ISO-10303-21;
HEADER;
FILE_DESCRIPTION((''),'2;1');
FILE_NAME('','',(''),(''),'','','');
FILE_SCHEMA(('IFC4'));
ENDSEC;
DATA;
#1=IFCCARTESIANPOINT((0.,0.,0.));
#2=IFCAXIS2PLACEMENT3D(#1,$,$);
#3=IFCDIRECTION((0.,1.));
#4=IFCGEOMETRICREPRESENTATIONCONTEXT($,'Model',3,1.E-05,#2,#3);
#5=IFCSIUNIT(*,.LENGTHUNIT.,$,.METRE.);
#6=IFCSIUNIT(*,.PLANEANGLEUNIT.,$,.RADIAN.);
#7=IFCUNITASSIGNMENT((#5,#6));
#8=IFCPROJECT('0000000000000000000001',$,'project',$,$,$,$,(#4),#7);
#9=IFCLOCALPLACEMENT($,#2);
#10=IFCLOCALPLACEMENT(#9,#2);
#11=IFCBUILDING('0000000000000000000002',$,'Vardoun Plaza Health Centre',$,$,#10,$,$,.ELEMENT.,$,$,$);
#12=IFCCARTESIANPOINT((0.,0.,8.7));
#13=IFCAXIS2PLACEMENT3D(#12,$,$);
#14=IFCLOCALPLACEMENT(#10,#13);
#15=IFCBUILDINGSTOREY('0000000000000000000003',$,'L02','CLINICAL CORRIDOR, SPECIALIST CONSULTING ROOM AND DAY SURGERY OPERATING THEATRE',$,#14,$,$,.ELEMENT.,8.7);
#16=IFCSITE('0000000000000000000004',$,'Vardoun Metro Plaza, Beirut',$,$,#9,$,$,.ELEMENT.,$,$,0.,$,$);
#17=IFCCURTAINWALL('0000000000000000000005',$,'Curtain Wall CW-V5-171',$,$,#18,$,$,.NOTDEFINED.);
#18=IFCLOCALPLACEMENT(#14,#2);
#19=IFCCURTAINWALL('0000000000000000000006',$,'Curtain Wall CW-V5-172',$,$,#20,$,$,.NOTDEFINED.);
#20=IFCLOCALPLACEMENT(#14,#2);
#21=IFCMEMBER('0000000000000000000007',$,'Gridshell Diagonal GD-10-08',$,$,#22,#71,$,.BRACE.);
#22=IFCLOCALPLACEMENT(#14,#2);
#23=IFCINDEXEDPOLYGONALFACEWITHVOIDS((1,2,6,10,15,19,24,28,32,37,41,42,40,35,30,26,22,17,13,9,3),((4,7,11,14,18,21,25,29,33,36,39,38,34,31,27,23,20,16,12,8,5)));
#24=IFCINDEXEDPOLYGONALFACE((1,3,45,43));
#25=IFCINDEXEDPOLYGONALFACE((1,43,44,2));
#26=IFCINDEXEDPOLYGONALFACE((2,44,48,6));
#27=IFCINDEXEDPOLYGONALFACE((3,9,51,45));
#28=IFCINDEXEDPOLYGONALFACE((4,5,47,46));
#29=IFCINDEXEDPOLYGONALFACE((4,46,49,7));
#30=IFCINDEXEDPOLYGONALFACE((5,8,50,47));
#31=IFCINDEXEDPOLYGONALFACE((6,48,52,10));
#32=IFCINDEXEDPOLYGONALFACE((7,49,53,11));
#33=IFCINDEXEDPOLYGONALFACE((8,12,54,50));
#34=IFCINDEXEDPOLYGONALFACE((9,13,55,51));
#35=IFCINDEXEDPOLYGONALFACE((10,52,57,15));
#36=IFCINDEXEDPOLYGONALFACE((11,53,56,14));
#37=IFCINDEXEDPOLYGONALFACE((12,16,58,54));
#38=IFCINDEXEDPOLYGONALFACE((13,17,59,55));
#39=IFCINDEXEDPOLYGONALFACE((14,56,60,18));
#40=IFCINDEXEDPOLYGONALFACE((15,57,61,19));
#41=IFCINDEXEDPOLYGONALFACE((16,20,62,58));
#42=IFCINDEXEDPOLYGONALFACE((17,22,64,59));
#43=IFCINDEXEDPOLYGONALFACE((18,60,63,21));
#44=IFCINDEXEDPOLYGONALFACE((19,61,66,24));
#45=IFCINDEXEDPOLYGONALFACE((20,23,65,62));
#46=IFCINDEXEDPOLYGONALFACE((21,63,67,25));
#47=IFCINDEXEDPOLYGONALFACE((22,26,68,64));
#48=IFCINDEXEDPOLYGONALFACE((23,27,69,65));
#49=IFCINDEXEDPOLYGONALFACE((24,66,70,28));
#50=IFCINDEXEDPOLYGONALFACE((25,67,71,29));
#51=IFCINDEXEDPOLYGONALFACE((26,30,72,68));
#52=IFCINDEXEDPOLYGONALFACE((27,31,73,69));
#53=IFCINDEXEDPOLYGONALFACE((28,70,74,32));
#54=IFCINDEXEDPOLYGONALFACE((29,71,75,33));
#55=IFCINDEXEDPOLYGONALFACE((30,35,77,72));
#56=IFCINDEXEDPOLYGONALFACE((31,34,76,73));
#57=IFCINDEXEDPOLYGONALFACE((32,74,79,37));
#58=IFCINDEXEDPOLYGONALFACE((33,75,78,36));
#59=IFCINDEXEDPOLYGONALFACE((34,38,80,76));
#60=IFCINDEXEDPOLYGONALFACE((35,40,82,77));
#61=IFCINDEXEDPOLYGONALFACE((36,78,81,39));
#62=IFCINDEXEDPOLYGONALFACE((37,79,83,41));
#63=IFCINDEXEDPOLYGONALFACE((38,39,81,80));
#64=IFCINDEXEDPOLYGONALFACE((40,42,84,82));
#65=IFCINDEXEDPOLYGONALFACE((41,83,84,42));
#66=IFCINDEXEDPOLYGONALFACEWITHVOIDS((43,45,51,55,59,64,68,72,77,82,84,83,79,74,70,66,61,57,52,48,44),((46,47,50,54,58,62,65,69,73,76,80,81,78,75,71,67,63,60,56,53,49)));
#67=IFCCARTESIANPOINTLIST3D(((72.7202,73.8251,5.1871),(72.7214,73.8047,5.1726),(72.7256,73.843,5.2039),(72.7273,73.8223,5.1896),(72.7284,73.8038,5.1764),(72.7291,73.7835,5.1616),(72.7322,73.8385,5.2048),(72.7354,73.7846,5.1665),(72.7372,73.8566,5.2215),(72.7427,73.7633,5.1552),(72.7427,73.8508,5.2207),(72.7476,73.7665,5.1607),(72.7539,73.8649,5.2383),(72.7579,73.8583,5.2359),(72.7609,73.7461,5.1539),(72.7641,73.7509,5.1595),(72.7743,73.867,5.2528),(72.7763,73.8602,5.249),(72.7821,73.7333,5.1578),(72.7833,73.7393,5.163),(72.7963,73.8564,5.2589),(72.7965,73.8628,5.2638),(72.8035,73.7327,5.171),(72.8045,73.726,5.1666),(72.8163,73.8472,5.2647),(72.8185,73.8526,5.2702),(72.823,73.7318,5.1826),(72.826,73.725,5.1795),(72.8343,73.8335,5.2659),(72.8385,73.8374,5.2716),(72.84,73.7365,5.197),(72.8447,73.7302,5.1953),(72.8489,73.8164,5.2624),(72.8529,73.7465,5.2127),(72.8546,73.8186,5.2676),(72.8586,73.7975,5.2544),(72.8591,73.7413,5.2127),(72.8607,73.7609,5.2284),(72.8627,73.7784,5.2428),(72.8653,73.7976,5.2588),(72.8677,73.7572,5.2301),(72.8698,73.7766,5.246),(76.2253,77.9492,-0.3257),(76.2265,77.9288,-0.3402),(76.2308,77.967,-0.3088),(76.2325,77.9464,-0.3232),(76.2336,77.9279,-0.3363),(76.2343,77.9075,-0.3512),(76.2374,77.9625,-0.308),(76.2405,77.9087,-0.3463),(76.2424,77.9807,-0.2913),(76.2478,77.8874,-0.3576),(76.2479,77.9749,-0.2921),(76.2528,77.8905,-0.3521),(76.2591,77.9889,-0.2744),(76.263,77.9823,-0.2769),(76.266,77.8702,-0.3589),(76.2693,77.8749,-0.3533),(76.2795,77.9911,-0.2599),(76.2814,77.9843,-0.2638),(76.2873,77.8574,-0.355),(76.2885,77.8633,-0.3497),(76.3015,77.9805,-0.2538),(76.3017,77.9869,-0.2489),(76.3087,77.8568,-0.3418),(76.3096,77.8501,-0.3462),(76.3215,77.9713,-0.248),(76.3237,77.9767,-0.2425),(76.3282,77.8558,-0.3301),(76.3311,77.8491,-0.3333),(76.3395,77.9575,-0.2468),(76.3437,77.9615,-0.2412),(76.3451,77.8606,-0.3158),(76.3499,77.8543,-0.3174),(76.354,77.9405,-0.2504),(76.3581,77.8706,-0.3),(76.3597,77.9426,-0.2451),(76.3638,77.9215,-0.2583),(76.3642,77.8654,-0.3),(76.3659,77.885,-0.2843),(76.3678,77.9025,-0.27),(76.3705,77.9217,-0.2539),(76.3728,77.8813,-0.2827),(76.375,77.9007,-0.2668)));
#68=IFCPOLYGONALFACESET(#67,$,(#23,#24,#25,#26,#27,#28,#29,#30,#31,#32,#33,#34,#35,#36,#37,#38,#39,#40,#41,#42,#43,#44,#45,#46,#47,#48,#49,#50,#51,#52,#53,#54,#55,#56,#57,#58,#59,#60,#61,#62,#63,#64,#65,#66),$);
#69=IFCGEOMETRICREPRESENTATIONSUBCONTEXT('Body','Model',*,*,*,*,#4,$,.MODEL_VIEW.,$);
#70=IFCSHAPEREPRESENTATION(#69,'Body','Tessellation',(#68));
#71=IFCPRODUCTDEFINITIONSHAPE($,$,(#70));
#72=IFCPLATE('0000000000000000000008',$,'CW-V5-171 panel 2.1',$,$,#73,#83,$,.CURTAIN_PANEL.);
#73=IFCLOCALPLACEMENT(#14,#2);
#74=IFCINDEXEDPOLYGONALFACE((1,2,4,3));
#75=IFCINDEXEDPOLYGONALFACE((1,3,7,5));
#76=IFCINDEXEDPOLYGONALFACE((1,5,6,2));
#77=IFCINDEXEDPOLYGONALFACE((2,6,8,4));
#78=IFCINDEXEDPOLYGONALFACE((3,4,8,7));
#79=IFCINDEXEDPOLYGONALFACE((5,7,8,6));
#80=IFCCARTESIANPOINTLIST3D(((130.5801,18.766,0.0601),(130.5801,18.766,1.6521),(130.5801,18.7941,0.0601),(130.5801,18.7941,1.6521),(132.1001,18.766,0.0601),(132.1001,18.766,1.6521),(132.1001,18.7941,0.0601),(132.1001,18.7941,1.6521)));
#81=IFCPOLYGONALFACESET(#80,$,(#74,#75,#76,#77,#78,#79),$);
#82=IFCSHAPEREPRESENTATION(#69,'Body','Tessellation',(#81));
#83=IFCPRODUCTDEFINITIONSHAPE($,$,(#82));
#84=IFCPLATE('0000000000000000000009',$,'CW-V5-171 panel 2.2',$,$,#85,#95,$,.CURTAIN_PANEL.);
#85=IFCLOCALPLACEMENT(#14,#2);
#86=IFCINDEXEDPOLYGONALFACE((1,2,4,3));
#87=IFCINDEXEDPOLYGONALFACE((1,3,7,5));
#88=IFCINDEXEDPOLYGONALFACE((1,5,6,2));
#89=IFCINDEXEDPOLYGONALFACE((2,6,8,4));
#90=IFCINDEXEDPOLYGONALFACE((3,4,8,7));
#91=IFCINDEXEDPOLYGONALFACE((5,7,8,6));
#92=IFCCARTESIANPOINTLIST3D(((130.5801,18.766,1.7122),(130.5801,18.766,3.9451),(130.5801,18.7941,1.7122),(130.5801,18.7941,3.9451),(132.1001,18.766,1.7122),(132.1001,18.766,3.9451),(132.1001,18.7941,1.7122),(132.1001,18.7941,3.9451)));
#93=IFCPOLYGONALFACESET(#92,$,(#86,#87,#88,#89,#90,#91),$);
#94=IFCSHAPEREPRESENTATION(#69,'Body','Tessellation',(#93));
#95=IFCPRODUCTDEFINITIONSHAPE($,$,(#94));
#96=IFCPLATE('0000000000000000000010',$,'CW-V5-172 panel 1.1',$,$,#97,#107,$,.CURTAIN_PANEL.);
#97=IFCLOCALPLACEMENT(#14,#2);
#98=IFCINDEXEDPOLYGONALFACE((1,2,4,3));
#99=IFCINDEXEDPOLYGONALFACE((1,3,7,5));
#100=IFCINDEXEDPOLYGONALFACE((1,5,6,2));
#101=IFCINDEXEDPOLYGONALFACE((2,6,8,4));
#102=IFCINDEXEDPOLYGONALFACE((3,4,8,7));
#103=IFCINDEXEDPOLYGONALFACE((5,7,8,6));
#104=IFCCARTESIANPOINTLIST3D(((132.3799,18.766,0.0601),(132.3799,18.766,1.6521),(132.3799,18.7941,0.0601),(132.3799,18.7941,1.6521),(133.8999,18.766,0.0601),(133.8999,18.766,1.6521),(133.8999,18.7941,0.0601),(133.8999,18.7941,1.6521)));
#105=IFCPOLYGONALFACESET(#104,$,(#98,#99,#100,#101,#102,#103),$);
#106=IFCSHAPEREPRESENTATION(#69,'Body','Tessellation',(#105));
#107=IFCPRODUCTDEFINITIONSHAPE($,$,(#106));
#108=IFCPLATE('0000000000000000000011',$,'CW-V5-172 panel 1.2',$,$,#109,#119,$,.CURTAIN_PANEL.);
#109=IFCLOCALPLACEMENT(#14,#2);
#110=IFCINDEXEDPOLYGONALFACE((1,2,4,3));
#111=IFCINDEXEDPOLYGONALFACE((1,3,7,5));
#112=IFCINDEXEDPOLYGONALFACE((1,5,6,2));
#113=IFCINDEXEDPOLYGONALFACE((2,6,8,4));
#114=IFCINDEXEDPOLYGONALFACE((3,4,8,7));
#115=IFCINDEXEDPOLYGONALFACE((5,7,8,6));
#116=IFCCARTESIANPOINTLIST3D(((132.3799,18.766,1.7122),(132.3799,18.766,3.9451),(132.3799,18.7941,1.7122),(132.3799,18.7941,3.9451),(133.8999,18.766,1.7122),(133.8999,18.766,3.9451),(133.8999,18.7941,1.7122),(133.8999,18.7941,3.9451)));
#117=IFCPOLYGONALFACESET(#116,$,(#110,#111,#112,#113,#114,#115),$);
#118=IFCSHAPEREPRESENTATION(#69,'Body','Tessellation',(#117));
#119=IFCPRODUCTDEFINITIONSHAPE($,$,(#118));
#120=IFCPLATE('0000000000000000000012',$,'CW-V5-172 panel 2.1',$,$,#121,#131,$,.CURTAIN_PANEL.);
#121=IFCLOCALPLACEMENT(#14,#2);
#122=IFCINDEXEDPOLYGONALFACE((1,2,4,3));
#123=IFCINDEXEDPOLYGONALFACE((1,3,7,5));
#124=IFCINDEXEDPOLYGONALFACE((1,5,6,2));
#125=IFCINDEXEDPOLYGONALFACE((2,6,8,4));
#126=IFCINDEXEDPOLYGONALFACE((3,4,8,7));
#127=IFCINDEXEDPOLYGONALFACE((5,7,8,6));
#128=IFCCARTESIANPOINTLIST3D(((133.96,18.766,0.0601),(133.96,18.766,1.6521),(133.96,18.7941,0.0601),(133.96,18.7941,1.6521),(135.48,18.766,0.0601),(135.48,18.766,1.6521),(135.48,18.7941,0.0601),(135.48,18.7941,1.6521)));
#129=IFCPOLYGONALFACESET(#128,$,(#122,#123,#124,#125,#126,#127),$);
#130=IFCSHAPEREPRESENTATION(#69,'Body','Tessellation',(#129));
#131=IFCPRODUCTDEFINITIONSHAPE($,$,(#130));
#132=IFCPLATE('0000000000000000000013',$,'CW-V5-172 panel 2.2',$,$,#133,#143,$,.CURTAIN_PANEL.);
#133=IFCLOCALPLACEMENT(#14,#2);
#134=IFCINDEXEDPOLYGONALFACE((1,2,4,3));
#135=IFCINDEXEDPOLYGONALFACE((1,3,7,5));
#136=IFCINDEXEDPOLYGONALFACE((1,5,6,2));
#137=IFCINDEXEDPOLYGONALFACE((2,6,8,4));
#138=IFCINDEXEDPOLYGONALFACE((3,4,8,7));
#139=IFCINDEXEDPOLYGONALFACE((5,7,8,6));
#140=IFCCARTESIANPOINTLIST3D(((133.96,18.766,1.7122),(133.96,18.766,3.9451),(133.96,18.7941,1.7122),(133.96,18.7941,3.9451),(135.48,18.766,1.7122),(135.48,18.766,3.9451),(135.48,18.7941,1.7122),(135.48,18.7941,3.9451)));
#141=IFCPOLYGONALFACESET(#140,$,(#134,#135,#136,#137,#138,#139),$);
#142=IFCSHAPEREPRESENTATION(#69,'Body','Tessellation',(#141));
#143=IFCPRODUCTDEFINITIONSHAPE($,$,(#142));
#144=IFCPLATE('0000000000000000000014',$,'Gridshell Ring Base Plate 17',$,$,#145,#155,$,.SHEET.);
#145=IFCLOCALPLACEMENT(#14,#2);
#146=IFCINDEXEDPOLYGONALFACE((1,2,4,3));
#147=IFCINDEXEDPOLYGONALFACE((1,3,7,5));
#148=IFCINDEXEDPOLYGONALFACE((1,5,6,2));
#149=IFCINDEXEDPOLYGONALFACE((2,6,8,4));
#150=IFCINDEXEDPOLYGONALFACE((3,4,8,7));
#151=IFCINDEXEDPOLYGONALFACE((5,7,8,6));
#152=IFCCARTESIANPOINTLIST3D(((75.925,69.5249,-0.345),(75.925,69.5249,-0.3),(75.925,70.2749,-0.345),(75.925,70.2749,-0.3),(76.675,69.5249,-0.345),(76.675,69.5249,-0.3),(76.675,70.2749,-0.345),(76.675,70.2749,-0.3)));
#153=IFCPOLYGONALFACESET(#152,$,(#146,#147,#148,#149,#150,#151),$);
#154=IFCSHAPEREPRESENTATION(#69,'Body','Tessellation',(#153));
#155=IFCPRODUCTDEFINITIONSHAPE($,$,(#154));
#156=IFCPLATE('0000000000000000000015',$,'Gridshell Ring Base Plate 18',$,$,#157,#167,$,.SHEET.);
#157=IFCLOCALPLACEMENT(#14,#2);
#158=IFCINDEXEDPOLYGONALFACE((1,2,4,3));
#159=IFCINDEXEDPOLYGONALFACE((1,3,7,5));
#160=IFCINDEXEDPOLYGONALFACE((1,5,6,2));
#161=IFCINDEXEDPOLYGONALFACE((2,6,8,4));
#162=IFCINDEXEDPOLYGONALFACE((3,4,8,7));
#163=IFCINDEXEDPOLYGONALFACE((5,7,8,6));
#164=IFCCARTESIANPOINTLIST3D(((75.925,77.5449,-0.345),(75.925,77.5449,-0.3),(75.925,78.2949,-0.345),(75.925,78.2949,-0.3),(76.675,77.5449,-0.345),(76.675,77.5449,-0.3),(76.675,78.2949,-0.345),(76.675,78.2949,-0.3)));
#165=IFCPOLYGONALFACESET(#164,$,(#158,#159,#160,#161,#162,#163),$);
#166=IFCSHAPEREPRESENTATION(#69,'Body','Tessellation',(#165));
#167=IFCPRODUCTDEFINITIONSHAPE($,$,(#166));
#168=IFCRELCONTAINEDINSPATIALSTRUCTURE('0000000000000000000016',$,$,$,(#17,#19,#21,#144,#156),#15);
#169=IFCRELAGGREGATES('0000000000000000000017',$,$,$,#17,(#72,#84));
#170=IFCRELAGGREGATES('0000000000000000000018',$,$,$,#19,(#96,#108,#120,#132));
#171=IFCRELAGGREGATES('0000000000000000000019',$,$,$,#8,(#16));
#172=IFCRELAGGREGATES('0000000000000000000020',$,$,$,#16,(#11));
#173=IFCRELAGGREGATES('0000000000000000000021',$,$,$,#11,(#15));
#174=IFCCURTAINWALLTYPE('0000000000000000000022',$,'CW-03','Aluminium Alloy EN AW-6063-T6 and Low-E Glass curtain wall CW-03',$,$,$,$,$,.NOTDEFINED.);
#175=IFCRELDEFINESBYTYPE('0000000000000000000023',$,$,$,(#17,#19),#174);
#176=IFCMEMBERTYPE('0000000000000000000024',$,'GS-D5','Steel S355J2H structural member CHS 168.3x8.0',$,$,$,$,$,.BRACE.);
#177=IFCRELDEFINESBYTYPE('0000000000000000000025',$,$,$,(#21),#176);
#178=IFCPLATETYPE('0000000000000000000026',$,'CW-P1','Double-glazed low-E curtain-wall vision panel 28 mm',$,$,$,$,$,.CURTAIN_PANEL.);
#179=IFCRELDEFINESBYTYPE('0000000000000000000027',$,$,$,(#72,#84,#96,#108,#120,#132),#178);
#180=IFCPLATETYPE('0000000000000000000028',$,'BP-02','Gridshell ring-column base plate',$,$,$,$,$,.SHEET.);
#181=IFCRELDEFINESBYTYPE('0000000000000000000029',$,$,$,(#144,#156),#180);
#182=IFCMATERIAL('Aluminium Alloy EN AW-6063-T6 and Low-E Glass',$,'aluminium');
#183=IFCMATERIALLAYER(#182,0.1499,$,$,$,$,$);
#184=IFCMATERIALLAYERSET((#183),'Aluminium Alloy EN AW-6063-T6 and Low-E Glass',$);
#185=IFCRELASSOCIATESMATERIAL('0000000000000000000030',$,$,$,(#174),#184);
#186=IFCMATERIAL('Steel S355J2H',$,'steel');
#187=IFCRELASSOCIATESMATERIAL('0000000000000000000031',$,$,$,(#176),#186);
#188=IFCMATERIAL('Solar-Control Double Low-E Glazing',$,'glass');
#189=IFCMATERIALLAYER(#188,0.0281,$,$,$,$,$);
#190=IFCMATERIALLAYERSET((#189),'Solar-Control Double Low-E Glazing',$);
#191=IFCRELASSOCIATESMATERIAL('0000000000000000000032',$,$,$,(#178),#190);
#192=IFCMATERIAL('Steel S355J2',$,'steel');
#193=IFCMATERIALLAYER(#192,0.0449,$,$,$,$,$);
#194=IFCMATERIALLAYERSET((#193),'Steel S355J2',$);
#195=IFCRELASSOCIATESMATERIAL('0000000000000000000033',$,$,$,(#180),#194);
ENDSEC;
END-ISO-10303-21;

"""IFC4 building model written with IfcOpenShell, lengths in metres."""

from ifc_helpers import new_model, si_unit, direction, frame, origin, origin_2d, place, context, subcontext, project, spatial, rectangle, hollow_circle, extrude, material, layer, layer_set, material_profile, profile_set, type_object, element, aggregate, save


model = new_model("IFC4")

# Units and contexts
model_context = context("Model", 3, precision=1e-05, world=origin(), true_north=direction((0.0, 1.0)))
body_context = subcontext(model_context, "Body", "Model", "MODEL_VIEW")
ifc_project = project(units=[si_unit("LENGTHUNIT", "METRE"), si_unit("PLANEANGLEUNIT", "RADIAN")], contexts=[model_context])

# Site, building, storey
site_placement = place(None, origin())
site = spatial("IfcSite", under=ifc_project, at=site_placement, Name="Vardoun Metro Plaza, Beirut", CompositionType="ELEMENT", RefElevation=0.0)
building_placement = place(site_placement, origin())
building = spatial("IfcBuilding", under=site, at=building_placement, Name="Vardoun Plaza Health Centre", CompositionType="ELEMENT")
storey_placement = place(building_placement, frame((0.0, 0.0, 8.7)))
storey = spatial("IfcBuildingStorey", under=building, at=storey_placement, Name="L02", Description="CLINICAL CORRIDOR, SPECIALIST CONSULTING ROOM AND DAY SURGERY OPERATING THEATRE", CompositionType="ELEMENT", Elevation=8.7)

# Curtain walls
ifc_material_1 = material(Name="Aluminium Alloy EN AW-6063-T6 and Low-E Glass", Category="aluminium")
ifc_layer_1 = layer(ifc_material_1, 0.1499)
ifc_layer_set_1 = layer_set([ifc_layer_1], Name="Aluminium Alloy EN AW-6063-T6 and Low-E Glass")
curtain_wall_type = type_object("IfcCurtainWallType", Name="CW-03", Description="Aluminium Alloy EN AW-6063-T6 and Low-E Glass curtain wall CW-03", PredefinedType="NOTDEFINED", material=ifc_layer_set_1)
curtain_wall_1_placement = place(storey_placement, origin())
curtain_wall_1 = element("IfcCurtainWall", 1, at=curtain_wall_1_placement, inside=storey, type_object=curtain_wall_type, Name="Curtain Wall CW-V5-171", PredefinedType="NOTDEFINED")
curtain_wall_2_placement = place(storey_placement, origin())
curtain_wall_2 = element("IfcCurtainWall", 2, at=curtain_wall_2_placement, inside=storey, type_object=curtain_wall_type, Name="Curtain Wall CW-V5-172", PredefinedType="NOTDEFINED")

# Member
ifc_material_2 = material(Name="Steel S355J2H", Category="steel")
ifc_material_profile_1 = material_profile(ifc_material_2, hollow_circle(Radius=0.0842, WallThickness=0.0081, at=origin_2d()), Name="CHS 168.3x8.0")
ifc_profile_set_1 = profile_set([ifc_material_profile_1], Name="Steel S355J2H")
member_type_1 = type_object("IfcMemberType", Name="GS-D5", Description="Steel S355J2H structural member CHS 168.3x8.0", PredefinedType="BRACE", material=ifc_profile_set_1)
member_1_placement = place(storey_placement, frame((76.3, 77.9199, -0.3), z_axis=(-0.453709, -0.53382, 0.713572), x_axis=(0.761966, -0.647617, 0.0)))
element("IfcMember", 3, at=member_1_placement, inside=storey, type_object=member_type_1, Name="Gridshell Diagonal GD-10-08", PredefinedType="BRACE", context=body_context, shape_type="SweptSolid", body=[
    extrude(hollow_circle(Radius=0.0842, WallThickness=0.0081, at=origin_2d()), origin(), (0.0, 0.0, 1.0), 7.7256),
])

# Plates
ifc_material_3 = material(Name="Solar-Control Double Low-E Glazing", Category="glass")
ifc_layer_2 = layer(ifc_material_3, 0.0281)
ifc_layer_set_2 = layer_set([ifc_layer_2], Name="Solar-Control Double Low-E Glazing")
plate_type_1 = type_object("IfcPlateType", Name="CW-P1", Description="Double-glazed low-E curtain-wall vision panel 28 mm", PredefinedType="CURTAIN_PANEL", material=ifc_layer_set_2)
plate_1_placement = place(storey_placement, frame((131.3401, 18.78, 0.0601), z_axis=(0.0, 0.0, 1.0), x_axis=(1.0, 0.0, 0.0)))
plate_1 = element("IfcPlate", 4, at=plate_1_placement, type_object=plate_type_1, Name="CW-V5-171 panel 2.1", PredefinedType="CURTAIN_PANEL", context=body_context, shape_type="SweptSolid", body=[
    extrude(rectangle(XDim=1.52, YDim=0.0281, at=origin_2d()), origin(), (0.0, 0.0, 1.0), 1.592),
])
plate_2_placement = place(storey_placement, frame((131.3401, 18.78, 1.7122), z_axis=(0.0, 0.0, 1.0), x_axis=(1.0, 0.0, 0.0)))
plate_2 = element("IfcPlate", 5, at=plate_2_placement, type_object=plate_type_1, Name="CW-V5-171 panel 2.2", PredefinedType="CURTAIN_PANEL", context=body_context, shape_type="SweptSolid", body=[
    extrude(rectangle(XDim=1.52, YDim=0.0281, at=origin_2d()), origin(), (0.0, 0.0, 1.0), 2.2329),
])
aggregate(curtain_wall_1, [plate_1, plate_2])
plate_3_placement = place(storey_placement, frame((133.1399, 18.78, 0.0601), z_axis=(0.0, 0.0, 1.0), x_axis=(1.0, 0.0, 0.0)))
plate_3 = element("IfcPlate", 6, at=plate_3_placement, type_object=plate_type_1, Name="CW-V5-172 panel 1.1", PredefinedType="CURTAIN_PANEL", context=body_context, shape_type="SweptSolid", body=[
    extrude(rectangle(XDim=1.52, YDim=0.0281, at=origin_2d()), origin(), (0.0, 0.0, 1.0), 1.592),
])
plate_4_placement = place(storey_placement, frame((133.1399, 18.78, 1.7122), z_axis=(0.0, 0.0, 1.0), x_axis=(1.0, 0.0, 0.0)))
plate_4 = element("IfcPlate", 7, at=plate_4_placement, type_object=plate_type_1, Name="CW-V5-172 panel 1.2", PredefinedType="CURTAIN_PANEL", context=body_context, shape_type="SweptSolid", body=[
    extrude(rectangle(XDim=1.52, YDim=0.0281, at=origin_2d()), origin(), (0.0, 0.0, 1.0), 2.2329),
])
plate_5_placement = place(storey_placement, frame((134.72, 18.78, 0.0601), z_axis=(0.0, 0.0, 1.0), x_axis=(1.0, 0.0, 0.0)))
plate_5 = element("IfcPlate", 8, at=plate_5_placement, type_object=plate_type_1, Name="CW-V5-172 panel 2.1", PredefinedType="CURTAIN_PANEL", context=body_context, shape_type="SweptSolid", body=[
    extrude(rectangle(XDim=1.52, YDim=0.0281, at=origin_2d()), origin(), (0.0, 0.0, 1.0), 1.592),
])
plate_6_placement = place(storey_placement, frame((134.72, 18.78, 1.7122), z_axis=(0.0, 0.0, 1.0), x_axis=(1.0, 0.0, 0.0)))
plate_6 = element("IfcPlate", 9, at=plate_6_placement, type_object=plate_type_1, Name="CW-V5-172 panel 2.2", PredefinedType="CURTAIN_PANEL", context=body_context, shape_type="SweptSolid", body=[
    extrude(rectangle(XDim=1.52, YDim=0.0281, at=origin_2d()), origin(), (0.0, 0.0, 1.0), 2.2329),
])
aggregate(curtain_wall_2, [plate_3, plate_4, plate_5, plate_6])

# Plates
ifc_material_4 = material(Name="Steel S355J2", Category="steel")
ifc_layer_3 = layer(ifc_material_4, 0.0449)
ifc_layer_set_3 = layer_set([ifc_layer_3], Name="Steel S355J2")
plate_type_2 = type_object("IfcPlateType", Name="BP-02", Description="Gridshell ring-column base plate", PredefinedType="SHEET", material=ifc_layer_set_3)
for number, where, z_axis, x_axis, name in (
    (10, (76.3, 69.8999, -0.345), (0.0, 0.0, 1.0), (1.0, 0.0, 0.0), "Gridshell Ring Base Plate 17"),
    (11, (76.3, 77.9199, -0.345), (0.0, 0.0, 1.0), (1.0, 0.0, 0.0), "Gridshell Ring Base Plate 18"),
):
    element("IfcPlate", number, at=place(storey_placement, frame(where, z_axis=z_axis, x_axis=x_axis)), inside=storey, type_object=plate_type_2, Name=name, PredefinedType="SHEET", context=body_context, shape_type="SweptSolid", body=[
        extrude(rectangle(XDim=0.75, YDim=0.75, at=origin_2d()), origin(), (0.0, 0.0, 1.0), 0.0449),
    ])

save(model, "model.ifc")
